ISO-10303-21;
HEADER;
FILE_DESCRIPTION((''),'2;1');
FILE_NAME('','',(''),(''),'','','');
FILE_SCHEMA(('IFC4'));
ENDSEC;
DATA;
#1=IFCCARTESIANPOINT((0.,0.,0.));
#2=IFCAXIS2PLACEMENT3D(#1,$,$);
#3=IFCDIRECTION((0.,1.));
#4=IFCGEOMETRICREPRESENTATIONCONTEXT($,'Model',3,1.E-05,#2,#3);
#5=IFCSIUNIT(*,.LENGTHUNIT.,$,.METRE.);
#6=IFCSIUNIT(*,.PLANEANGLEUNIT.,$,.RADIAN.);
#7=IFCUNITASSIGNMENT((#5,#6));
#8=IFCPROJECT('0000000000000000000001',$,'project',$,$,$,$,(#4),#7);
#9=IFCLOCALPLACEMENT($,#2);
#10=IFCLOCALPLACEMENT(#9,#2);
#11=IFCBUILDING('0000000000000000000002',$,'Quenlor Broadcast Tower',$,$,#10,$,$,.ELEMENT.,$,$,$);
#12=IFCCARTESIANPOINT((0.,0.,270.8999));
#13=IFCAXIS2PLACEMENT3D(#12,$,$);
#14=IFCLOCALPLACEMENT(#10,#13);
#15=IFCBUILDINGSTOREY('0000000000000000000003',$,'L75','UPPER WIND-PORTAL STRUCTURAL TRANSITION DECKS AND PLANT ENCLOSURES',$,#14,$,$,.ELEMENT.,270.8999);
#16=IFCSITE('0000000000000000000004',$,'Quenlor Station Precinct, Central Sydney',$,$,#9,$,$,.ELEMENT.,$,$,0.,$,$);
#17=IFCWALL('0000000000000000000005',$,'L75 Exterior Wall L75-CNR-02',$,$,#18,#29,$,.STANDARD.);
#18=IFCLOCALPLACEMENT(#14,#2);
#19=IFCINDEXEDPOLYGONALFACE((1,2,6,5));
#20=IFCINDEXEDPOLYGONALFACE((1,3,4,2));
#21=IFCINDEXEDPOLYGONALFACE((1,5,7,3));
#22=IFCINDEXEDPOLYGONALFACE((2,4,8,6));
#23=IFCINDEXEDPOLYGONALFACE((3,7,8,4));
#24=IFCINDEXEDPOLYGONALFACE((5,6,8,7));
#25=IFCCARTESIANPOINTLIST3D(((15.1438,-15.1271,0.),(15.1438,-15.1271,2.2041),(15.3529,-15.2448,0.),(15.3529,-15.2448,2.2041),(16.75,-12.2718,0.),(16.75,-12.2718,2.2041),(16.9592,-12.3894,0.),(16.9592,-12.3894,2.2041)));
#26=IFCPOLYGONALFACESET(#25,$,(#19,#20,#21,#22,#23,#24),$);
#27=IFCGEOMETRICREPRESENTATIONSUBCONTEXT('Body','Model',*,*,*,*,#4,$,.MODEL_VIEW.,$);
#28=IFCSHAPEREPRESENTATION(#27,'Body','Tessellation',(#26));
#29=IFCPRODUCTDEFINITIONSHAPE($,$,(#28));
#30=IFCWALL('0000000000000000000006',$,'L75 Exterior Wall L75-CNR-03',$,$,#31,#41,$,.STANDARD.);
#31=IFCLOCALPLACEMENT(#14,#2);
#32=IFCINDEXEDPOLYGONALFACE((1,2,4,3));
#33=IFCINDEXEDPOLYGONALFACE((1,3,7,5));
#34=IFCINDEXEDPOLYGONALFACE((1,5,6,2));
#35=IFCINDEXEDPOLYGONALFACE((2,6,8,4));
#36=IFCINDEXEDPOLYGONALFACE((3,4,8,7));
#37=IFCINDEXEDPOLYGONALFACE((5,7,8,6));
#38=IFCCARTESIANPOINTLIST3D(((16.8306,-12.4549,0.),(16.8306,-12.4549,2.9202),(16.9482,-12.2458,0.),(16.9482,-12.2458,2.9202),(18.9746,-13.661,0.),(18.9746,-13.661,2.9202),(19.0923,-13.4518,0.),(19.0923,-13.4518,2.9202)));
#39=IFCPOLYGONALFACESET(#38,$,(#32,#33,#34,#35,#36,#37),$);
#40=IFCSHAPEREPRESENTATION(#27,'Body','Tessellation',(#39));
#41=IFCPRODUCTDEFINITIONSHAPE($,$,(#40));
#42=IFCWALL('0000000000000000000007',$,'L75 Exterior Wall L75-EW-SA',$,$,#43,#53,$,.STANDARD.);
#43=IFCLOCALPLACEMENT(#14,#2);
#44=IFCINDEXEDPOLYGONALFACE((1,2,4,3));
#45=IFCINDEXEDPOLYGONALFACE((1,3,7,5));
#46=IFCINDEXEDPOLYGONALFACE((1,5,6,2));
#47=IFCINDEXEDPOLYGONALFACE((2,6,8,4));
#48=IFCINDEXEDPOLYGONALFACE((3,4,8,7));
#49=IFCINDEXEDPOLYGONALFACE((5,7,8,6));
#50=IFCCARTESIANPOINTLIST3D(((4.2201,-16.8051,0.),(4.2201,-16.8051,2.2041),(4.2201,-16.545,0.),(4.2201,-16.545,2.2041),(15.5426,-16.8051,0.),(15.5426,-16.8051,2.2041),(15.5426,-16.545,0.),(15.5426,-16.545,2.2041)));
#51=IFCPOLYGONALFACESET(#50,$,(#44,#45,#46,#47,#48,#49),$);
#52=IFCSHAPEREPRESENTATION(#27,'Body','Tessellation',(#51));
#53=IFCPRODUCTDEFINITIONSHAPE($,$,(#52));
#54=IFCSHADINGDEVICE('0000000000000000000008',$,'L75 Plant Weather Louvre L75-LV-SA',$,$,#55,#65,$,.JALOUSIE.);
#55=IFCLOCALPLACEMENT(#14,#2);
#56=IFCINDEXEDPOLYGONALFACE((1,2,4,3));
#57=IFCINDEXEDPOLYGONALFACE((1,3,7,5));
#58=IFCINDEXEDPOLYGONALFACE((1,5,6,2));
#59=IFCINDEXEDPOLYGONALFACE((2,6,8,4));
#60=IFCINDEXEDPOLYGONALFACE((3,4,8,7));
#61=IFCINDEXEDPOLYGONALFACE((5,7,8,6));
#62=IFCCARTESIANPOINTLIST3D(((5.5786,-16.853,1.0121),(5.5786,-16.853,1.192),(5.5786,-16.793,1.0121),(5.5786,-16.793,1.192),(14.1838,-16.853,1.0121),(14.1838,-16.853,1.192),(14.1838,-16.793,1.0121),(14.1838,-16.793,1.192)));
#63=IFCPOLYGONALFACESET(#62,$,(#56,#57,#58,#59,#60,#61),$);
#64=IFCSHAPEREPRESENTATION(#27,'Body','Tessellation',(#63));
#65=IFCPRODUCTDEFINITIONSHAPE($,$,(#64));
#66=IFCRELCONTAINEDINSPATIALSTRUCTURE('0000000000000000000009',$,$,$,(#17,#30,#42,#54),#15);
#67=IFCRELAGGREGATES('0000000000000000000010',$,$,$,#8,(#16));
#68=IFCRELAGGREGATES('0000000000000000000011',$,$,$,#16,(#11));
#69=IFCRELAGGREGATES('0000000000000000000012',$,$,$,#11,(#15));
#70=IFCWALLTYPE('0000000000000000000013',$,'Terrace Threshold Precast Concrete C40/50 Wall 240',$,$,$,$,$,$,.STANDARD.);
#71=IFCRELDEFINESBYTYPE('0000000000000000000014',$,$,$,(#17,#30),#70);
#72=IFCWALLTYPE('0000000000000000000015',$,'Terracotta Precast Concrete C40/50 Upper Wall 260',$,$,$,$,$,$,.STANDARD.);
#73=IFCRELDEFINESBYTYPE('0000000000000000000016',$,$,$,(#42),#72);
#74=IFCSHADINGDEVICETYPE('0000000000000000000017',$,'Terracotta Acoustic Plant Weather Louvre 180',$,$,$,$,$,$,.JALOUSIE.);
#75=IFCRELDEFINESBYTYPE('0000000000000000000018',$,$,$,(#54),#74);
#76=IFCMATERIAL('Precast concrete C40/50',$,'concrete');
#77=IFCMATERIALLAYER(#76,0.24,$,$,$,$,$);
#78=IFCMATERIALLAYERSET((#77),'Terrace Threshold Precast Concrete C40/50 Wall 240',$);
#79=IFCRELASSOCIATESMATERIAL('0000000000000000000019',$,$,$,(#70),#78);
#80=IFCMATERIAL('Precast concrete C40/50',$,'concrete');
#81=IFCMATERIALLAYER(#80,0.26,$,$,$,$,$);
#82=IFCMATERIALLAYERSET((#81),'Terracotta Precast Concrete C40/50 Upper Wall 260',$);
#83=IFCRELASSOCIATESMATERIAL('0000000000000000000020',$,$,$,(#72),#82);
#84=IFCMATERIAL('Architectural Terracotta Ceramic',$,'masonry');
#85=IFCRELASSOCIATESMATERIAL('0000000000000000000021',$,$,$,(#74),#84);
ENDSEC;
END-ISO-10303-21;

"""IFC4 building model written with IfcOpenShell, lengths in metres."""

from ifc_helpers import new_model, si_unit, direction, frame, frame_2d, origin, origin_2d, place, context, subcontext, project, spatial, rectangle, extrude, material, layer, layer_set, material_profile, profile_set, type_object, element, save


model = new_model("IFC4")

# Units and contexts
model_context = context("Model", 3, precision=1e-05, world=origin(), true_north=direction((0.0, 1.0)))
body_context = subcontext(model_context, "Body", "Model", "MODEL_VIEW")
ifc_project = project(units=[si_unit("LENGTHUNIT", "METRE"), si_unit("PLANEANGLEUNIT", "RADIAN")], contexts=[model_context])

# Site, building, storey
site_placement = place(None, origin())
site = spatial("IfcSite", under=ifc_project, at=site_placement, Name="Quenlor Station Precinct, Central Sydney", CompositionType="ELEMENT", RefElevation=0.0)
building_placement = place(site_placement, origin())
building = spatial("IfcBuilding", under=site, at=building_placement, Name="Quenlor Broadcast Tower", CompositionType="ELEMENT")
storey_placement = place(building_placement, frame((0.0, 0.0, 270.8999)))
storey = spatial("IfcBuildingStorey", under=building, at=storey_placement, Name="L75", Description="UPPER WIND-PORTAL STRUCTURAL TRANSITION DECKS AND PLANT ENCLOSURES", CompositionType="ELEMENT", Elevation=270.8999)

# Walls
ifc_material_1 = material(Name="Precast concrete C40/50", Category="concrete")
ifc_layer_1 = layer(ifc_material_1, 0.24)
ifc_layer_set_1 = layer_set([ifc_layer_1], Name="Terrace Threshold Precast Concrete C40/50 Wall 240")
wall_type_1 = type_object("IfcWallType", Name="Terrace Threshold Precast Concrete C40/50 Wall 240", PredefinedType="STANDARD", material=ifc_layer_set_1)
wall_1_placement = place(storey_placement, frame((15.2483, -15.186, 0.0), z_axis=(0.0, 0.0, 1.0), x_axis=(0.490293, 0.871558, 0.0)))
element("IfcWall", 1, at=wall_1_placement, inside=storey, type_object=wall_type_1, Name="L75 Exterior Wall L75-CNR-02", PredefinedType="STANDARD", context=body_context, shape_type="SweptSolid", body=[
    extrude(rectangle(XDim=3.2761, YDim=0.24, at=frame_2d((1.6382, 0.0))), origin(), (0.0, 0.0, 1.0), 2.2041),
])
wall_2_placement = place(storey_placement, frame((16.8894, -12.3503, 0.0), z_axis=(0.0, 0.0, 1.0), x_axis=(0.87157, -0.490271, 0.0)))
element("IfcWall", 2, at=wall_2_placement, inside=storey, type_object=wall_type_1, Name="L75 Exterior Wall L75-CNR-03", PredefinedType="STANDARD", context=body_context, shape_type="SweptSolid", body=[
    extrude(rectangle(XDim=2.46, YDim=0.24, at=frame_2d((1.23, 0.0))), origin(), (0.0, 0.0, 1.0), 2.9202),
])
ifc_material_2 = material(Name="Precast concrete C40/50", Category="concrete")
ifc_layer_2 = layer(ifc_material_2, 0.26)
ifc_layer_set_2 = layer_set([ifc_layer_2], Name="Terracotta Precast Concrete C40/50 Upper Wall 260")
wall_type_2 = type_object("IfcWallType", Name="Terracotta Precast Concrete C40/50 Upper Wall 260", PredefinedType="STANDARD", material=ifc_layer_set_2)
wall_3_placement = place(storey_placement, frame((15.5425, -16.675, 0.0), z_axis=(0.0, 0.0, 1.0), x_axis=(-1.0, 0.0, 0.0)))
element("IfcWall", 3, at=wall_3_placement, inside=storey, type_object=wall_type_2, Name="L75 Exterior Wall L75-EW-SA", PredefinedType="STANDARD", context=body_context, shape_type="SweptSolid", body=[
    extrude(rectangle(XDim=11.3225, YDim=0.26, at=frame_2d((5.6611, 0.0))), origin(), (0.0, 0.0, 1.0), 2.2041),
])

# Shading device
ifc_material_3 = material(Name="Architectural Terracotta Ceramic", Category="masonry")
ifc_material_profile_1 = material_profile(ifc_material_3, rectangle(XDim=0.0601, YDim=0.1799, at=origin_2d()))
ifc_profile_set_1 = profile_set([ifc_material_profile_1], Name="Architectural Terracotta Ceramic LVR60x180")
shading_device_type = type_object("IfcShadingDeviceType", Name="Terracotta Acoustic Plant Weather Louvre 180", PredefinedType="JALOUSIE", material=ifc_profile_set_1)
shading_device_placement = place(storey_placement, frame((14.1838, -16.823, 1.1021), z_axis=(-1.0, 0.0, 0.0), x_axis=(0.0, -1.0, 0.0)))
element("IfcShadingDevice", 4, at=shading_device_placement, inside=storey, type_object=shading_device_type, Name="L75 Plant Weather Louvre L75-LV-SA", PredefinedType="JALOUSIE", context=body_context, shape_type="SweptSolid", body=[
    extrude(rectangle(XDim=0.0601, YDim=0.1799, at=origin_2d()), origin(), (0.0, 0.0, 1.0), 8.6052),
])

save(model, "model.ifc")
